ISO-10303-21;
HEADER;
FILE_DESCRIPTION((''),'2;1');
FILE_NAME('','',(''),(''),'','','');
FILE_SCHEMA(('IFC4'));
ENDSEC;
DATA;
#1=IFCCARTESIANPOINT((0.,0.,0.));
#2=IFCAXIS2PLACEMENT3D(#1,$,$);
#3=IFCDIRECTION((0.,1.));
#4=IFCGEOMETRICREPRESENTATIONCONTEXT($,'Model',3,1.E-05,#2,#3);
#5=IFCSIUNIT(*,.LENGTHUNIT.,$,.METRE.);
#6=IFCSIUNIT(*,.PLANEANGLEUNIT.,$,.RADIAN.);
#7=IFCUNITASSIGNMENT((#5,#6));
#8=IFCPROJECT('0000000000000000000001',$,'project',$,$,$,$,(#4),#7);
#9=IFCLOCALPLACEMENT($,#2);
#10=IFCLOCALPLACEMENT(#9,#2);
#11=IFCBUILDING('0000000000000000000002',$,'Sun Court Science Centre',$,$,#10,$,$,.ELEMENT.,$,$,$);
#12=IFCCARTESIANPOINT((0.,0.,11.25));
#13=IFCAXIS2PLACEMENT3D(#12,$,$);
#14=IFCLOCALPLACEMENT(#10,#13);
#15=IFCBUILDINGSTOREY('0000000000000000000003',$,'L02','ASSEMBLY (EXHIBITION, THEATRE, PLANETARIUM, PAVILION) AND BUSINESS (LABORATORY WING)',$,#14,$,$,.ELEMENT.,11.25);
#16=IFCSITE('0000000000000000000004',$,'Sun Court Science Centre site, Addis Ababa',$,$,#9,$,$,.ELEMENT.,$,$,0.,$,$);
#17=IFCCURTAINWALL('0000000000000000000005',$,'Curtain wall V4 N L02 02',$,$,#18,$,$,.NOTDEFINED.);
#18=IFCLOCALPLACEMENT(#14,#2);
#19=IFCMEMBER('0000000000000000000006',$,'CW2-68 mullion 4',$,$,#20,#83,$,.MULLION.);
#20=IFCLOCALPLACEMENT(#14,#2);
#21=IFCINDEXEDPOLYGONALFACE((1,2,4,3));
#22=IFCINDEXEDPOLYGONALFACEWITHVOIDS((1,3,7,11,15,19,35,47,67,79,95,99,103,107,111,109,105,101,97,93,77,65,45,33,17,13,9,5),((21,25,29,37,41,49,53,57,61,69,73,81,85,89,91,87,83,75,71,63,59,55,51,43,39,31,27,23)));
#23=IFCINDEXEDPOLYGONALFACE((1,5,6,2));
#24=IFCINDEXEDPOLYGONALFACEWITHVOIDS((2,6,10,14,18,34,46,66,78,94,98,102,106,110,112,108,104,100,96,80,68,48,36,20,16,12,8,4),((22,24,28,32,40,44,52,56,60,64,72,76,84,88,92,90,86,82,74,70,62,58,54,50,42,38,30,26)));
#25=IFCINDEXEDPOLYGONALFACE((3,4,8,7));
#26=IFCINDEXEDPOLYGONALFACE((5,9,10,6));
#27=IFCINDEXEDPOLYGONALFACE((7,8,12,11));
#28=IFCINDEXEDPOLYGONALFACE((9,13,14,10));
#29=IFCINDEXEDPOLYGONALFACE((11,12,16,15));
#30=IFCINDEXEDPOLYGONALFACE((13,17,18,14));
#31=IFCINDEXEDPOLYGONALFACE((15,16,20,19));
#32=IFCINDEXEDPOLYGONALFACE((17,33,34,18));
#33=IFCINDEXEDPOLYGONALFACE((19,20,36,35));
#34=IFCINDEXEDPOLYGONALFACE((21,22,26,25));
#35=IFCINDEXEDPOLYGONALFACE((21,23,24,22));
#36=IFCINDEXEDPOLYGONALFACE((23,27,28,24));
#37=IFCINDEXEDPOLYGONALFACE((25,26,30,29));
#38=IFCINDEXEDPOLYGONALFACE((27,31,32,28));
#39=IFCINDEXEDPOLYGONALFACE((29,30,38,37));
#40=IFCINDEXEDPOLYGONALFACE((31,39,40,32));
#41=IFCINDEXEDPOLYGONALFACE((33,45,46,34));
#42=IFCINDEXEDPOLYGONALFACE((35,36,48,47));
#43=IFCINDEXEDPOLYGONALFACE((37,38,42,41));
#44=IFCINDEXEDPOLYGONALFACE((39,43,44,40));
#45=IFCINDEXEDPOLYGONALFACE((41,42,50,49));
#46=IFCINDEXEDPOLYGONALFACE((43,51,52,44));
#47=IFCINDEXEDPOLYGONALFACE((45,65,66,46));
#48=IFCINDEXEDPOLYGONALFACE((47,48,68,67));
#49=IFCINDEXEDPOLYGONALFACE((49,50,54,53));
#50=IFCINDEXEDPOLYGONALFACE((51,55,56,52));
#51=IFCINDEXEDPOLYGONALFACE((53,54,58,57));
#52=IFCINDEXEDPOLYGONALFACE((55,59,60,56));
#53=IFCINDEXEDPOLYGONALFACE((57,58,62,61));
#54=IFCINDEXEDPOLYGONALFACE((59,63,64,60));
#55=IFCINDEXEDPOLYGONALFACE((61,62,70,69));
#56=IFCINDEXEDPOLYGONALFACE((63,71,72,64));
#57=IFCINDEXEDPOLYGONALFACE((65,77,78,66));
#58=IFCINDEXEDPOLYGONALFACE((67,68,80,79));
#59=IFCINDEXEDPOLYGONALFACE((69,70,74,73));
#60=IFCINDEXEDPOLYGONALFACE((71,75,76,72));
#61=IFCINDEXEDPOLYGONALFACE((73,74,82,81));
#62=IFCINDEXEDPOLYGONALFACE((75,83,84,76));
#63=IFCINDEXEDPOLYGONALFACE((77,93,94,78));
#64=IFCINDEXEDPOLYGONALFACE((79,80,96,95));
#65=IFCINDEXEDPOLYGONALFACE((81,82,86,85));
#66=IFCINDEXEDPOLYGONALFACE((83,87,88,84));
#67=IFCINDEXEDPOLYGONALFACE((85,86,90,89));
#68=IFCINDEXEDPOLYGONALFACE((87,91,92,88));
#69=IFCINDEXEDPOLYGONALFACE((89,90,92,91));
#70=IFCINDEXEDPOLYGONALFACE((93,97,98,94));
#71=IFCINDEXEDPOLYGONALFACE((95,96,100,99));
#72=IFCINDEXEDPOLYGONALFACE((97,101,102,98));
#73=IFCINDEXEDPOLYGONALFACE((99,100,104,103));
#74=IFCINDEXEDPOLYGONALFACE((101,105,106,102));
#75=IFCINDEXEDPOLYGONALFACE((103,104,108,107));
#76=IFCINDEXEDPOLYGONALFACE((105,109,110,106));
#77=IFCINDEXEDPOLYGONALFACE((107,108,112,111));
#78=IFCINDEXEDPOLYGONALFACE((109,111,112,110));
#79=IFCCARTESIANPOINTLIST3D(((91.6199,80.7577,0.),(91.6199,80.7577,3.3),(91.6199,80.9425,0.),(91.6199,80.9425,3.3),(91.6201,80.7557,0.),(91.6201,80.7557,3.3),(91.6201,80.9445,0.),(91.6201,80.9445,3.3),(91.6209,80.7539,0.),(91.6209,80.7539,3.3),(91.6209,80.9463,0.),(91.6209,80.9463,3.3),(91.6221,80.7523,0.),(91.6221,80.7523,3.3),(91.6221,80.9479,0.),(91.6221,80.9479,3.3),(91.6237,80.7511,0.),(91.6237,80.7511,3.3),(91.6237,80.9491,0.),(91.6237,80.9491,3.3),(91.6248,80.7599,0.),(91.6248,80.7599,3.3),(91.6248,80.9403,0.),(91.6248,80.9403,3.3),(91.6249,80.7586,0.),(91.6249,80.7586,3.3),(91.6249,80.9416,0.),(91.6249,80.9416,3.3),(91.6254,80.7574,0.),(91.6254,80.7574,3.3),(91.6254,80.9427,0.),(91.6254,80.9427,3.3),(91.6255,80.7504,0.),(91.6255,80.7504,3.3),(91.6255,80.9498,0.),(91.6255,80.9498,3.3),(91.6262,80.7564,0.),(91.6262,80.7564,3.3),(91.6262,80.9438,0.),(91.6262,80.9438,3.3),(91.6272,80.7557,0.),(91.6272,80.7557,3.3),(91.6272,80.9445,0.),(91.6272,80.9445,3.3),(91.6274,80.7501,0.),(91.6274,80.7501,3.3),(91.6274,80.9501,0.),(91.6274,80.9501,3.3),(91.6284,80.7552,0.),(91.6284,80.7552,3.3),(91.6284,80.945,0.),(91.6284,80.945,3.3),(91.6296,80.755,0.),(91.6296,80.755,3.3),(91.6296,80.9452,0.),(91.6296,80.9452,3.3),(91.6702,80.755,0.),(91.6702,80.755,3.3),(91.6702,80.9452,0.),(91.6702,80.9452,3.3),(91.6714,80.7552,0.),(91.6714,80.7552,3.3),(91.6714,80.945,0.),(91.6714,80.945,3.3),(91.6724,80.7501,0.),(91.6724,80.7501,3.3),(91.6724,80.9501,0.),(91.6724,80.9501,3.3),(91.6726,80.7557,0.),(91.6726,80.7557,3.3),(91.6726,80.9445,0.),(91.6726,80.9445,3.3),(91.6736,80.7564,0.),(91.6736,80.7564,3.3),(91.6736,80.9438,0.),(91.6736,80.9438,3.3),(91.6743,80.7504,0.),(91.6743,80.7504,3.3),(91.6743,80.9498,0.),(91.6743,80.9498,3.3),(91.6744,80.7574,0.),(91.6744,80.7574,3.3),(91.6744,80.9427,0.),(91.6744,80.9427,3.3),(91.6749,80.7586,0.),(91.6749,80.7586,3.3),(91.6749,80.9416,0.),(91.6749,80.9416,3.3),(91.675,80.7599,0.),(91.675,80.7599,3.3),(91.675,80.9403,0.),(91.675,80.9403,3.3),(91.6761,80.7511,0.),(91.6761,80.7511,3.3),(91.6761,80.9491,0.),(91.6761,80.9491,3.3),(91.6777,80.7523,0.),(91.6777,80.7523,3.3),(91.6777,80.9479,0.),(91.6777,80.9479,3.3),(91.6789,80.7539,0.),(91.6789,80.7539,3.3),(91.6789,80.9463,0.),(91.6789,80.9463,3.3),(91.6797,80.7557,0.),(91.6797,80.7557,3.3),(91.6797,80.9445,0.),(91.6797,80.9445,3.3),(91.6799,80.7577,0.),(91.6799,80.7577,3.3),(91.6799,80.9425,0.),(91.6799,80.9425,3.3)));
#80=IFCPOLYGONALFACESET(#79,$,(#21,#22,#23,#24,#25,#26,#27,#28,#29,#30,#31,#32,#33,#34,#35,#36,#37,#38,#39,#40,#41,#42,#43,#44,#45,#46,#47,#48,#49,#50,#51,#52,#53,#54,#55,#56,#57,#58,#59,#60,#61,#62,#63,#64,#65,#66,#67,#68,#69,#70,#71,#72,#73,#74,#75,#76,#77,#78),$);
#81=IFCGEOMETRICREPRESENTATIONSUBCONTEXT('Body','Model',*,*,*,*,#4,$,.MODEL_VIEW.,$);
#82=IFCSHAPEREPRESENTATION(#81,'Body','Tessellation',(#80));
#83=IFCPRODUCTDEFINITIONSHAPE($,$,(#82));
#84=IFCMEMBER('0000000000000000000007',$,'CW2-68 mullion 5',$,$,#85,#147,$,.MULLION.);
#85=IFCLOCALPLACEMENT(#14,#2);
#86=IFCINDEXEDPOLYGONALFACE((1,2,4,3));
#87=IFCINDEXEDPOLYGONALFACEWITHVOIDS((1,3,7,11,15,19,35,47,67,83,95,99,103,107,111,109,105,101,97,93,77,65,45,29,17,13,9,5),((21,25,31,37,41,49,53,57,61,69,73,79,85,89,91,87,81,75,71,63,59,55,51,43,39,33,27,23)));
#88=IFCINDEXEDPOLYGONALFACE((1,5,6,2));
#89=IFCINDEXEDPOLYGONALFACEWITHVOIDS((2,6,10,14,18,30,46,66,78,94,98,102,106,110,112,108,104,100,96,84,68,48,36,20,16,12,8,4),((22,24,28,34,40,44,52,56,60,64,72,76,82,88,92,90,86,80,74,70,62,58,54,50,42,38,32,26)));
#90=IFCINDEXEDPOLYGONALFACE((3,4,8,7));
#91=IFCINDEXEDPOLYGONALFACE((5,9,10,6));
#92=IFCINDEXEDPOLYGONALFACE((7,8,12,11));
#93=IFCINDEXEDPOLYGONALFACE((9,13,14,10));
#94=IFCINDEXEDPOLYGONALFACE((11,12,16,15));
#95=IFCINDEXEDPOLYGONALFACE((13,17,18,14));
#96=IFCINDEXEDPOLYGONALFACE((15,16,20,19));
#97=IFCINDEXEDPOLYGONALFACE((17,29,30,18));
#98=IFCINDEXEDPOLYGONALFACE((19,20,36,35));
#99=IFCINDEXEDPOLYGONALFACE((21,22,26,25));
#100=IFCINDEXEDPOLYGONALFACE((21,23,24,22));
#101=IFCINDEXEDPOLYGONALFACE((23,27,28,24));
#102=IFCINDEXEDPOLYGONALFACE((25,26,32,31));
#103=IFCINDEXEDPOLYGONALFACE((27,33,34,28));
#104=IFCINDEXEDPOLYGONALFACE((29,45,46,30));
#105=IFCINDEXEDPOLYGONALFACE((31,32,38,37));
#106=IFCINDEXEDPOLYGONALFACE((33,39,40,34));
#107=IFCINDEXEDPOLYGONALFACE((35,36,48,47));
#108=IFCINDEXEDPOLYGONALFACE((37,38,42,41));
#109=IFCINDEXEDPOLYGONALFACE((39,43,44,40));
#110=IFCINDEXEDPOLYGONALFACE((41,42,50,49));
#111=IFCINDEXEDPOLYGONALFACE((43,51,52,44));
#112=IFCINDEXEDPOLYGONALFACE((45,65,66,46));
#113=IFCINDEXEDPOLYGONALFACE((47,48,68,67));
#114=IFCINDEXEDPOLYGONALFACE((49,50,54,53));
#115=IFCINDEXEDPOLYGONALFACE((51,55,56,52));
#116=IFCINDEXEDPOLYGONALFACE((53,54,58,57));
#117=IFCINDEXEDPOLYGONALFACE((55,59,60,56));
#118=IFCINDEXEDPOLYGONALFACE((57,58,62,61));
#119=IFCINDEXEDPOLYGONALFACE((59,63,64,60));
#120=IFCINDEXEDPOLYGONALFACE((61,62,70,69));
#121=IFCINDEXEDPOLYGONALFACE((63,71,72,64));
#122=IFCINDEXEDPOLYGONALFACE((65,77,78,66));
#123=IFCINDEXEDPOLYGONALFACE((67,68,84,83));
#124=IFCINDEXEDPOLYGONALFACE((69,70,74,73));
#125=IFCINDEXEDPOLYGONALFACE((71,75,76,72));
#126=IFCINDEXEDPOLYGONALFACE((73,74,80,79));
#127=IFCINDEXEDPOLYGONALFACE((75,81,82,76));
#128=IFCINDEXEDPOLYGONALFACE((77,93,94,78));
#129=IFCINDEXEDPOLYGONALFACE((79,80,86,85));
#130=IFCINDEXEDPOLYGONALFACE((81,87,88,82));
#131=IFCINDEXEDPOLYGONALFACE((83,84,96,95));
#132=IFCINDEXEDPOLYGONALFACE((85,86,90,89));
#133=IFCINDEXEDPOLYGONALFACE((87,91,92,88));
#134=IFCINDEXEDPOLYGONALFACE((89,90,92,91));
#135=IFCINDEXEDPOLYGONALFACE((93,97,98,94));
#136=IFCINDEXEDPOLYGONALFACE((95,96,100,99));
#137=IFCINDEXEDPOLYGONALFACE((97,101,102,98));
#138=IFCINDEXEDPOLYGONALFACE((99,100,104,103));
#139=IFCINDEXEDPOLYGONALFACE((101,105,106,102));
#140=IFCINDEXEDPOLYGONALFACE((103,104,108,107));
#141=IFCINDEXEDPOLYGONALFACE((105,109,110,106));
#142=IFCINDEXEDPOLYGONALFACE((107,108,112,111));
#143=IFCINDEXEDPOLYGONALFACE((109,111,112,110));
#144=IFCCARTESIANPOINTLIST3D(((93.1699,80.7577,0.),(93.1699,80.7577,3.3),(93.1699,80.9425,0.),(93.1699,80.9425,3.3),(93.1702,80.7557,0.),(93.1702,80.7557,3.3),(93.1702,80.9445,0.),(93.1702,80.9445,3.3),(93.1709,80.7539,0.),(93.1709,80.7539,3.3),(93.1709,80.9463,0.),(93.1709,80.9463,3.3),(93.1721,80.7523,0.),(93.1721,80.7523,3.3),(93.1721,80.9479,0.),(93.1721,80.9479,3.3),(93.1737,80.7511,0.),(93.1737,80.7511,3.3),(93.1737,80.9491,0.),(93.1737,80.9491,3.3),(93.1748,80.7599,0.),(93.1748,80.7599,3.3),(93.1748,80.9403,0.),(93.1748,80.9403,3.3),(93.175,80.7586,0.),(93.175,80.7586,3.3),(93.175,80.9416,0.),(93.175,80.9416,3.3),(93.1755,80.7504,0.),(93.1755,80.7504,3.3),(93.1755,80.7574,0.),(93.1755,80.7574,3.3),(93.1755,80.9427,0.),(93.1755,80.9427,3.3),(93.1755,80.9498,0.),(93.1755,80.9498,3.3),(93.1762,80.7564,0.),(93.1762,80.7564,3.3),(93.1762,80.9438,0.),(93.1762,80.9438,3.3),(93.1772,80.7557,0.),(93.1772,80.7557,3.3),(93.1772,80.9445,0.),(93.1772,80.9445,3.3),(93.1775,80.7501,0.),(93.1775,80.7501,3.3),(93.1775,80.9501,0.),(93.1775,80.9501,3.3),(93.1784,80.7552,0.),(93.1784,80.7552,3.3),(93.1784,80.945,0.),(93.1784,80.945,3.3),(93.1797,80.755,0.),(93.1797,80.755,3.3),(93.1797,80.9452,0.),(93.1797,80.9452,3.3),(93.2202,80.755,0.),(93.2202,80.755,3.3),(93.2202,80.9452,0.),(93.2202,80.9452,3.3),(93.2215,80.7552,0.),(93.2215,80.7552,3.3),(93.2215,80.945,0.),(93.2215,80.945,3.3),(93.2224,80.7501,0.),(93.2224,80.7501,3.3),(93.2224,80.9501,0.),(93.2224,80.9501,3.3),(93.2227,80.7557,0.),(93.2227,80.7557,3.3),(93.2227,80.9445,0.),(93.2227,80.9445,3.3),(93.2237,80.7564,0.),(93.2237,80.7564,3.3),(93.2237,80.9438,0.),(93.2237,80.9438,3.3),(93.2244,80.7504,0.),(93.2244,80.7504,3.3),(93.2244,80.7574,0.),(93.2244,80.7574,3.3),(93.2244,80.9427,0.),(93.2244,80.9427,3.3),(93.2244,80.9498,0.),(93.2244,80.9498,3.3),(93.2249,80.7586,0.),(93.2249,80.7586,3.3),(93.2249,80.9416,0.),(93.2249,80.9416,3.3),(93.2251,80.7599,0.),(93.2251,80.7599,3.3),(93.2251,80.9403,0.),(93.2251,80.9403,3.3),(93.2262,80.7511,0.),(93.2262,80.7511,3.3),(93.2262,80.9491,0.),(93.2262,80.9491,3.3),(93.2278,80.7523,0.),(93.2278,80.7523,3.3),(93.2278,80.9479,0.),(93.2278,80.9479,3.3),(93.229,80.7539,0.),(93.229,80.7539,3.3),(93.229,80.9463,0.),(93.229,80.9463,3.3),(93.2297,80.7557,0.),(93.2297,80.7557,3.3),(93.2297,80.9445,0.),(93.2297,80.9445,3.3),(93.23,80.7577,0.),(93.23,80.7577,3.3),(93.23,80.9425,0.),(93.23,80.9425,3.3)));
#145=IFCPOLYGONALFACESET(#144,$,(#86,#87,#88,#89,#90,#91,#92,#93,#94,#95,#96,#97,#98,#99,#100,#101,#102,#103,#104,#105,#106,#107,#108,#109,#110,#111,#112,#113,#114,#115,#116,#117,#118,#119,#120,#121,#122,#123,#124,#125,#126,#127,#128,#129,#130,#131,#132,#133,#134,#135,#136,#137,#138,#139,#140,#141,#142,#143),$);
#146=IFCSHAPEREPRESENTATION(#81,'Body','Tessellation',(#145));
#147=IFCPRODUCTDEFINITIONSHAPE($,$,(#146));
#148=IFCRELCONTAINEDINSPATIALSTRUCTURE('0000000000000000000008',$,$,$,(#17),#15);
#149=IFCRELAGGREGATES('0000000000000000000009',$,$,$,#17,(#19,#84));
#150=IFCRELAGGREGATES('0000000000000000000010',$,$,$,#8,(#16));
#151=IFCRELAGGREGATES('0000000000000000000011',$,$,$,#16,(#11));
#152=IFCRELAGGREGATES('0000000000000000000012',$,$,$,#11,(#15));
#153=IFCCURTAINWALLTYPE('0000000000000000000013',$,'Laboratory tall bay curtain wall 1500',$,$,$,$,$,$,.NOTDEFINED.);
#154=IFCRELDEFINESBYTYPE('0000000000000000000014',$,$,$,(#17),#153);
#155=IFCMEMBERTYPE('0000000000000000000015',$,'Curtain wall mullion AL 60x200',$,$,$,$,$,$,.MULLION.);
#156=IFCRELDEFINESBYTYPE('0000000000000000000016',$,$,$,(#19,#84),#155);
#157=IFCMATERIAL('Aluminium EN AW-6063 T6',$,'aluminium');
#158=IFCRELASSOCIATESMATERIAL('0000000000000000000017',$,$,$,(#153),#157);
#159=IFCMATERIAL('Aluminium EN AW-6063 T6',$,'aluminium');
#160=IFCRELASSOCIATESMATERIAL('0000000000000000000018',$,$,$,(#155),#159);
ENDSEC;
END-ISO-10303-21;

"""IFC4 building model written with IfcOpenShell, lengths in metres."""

from ifc_helpers import new_model, si_unit, direction, frame, origin, origin_2d, place, context, subcontext, project, spatial, hollow_rectangle, extrude, material, material_profile, profile_set, type_object, element, aggregate, save


model = new_model("IFC4")

# Units and contexts
model_context = context("Model", 3, precision=1e-05, world=origin(), true_north=direction((0.0, 1.0)))
body_context = subcontext(model_context, "Body", "Model", "MODEL_VIEW")
ifc_project = project(units=[si_unit("LENGTHUNIT", "METRE"), si_unit("PLANEANGLEUNIT", "RADIAN")], contexts=[model_context])

# Site, building, storey
site_placement = place(None, origin())
site = spatial("IfcSite", under=ifc_project, at=site_placement, Name="Sun Court Science Centre site, Addis Ababa", CompositionType="ELEMENT", RefElevation=0.0)
building_placement = place(site_placement, origin())
building = spatial("IfcBuilding", under=site, at=building_placement, Name="Sun Court Science Centre", CompositionType="ELEMENT")
storey_placement = place(building_placement, frame((0.0, 0.0, 11.25)))
storey = spatial("IfcBuildingStorey", under=building, at=storey_placement, Name="L02", Description="ASSEMBLY (EXHIBITION, THEATRE, PLANETARIUM, PAVILION) AND BUSINESS (LABORATORY WING)", CompositionType="ELEMENT", Elevation=11.25)

# Curtain wall, members
ifc_material_1 = material(Name="Aluminium EN AW-6063 T6", Category="aluminium")
curtain_wall_type = type_object("IfcCurtainWallType", Name="Laboratory tall bay curtain wall 1500", PredefinedType="NOTDEFINED", material=ifc_material_1)
curtain_wall_placement = place(storey_placement, origin())
curtain_wall = element("IfcCurtainWall", 1, at=curtain_wall_placement, inside=storey, type_object=curtain_wall_type, Name="Curtain wall V4 N L02 02", PredefinedType="NOTDEFINED")
ifc_material_2 = material(Name="Aluminium EN AW-6063 T6", Category="aluminium")
ifc_material_profile_1 = material_profile(ifc_material_2, hollow_rectangle(XDim=0.0601, YDim=0.2, WallThickness=0.0049, InnerFilletRadius=0.0049, OuterFilletRadius=0.0076, at=origin_2d()), Name="AL 60x200x5")
ifc_profile_set_1 = profile_set([ifc_material_profile_1], Name="Aluminium EN AW-6063 T6")
member_type_1 = type_object("IfcMemberType", Name="Curtain wall mullion AL 60x200", PredefinedType="MULLION", material=ifc_profile_set_1)
member_1_placement = place(storey_placement, frame((91.6499, 80.8501, 0.0), z_axis=(0.0, 0.0, 1.0), x_axis=(1.0, 0.0, 0.0)))
member_1 = element("IfcMember", 2, at=member_1_placement, type_object=member_type_1, Name="CW2-68 mullion 4", PredefinedType="MULLION", context=body_context, shape_type="SweptSolid", body=[
    extrude(hollow_rectangle(XDim=0.0601, YDim=0.2, WallThickness=0.0049, InnerFilletRadius=0.0049, OuterFilletRadius=0.0076, at=origin_2d()), origin(), (0.0, 0.0, 1.0), 3.3),
])
member_2_placement = place(storey_placement, frame((93.2, 80.8501, 0.0), z_axis=(0.0, 0.0, 1.0), x_axis=(1.0, 0.0, 0.0)))
member_2 = element("IfcMember", 3, at=member_2_placement, type_object=member_type_1, Name="CW2-68 mullion 5", PredefinedType="MULLION", context=body_context, shape_type="SweptSolid", body=[
    extrude(hollow_rectangle(XDim=0.0601, YDim=0.2, WallThickness=0.0049, InnerFilletRadius=0.0049, OuterFilletRadius=0.0076, at=origin_2d()), origin(), (0.0, 0.0, 1.0), 3.3),
])
aggregate(curtain_wall, [member_1, member_2])

save(model, "model.ifc")
